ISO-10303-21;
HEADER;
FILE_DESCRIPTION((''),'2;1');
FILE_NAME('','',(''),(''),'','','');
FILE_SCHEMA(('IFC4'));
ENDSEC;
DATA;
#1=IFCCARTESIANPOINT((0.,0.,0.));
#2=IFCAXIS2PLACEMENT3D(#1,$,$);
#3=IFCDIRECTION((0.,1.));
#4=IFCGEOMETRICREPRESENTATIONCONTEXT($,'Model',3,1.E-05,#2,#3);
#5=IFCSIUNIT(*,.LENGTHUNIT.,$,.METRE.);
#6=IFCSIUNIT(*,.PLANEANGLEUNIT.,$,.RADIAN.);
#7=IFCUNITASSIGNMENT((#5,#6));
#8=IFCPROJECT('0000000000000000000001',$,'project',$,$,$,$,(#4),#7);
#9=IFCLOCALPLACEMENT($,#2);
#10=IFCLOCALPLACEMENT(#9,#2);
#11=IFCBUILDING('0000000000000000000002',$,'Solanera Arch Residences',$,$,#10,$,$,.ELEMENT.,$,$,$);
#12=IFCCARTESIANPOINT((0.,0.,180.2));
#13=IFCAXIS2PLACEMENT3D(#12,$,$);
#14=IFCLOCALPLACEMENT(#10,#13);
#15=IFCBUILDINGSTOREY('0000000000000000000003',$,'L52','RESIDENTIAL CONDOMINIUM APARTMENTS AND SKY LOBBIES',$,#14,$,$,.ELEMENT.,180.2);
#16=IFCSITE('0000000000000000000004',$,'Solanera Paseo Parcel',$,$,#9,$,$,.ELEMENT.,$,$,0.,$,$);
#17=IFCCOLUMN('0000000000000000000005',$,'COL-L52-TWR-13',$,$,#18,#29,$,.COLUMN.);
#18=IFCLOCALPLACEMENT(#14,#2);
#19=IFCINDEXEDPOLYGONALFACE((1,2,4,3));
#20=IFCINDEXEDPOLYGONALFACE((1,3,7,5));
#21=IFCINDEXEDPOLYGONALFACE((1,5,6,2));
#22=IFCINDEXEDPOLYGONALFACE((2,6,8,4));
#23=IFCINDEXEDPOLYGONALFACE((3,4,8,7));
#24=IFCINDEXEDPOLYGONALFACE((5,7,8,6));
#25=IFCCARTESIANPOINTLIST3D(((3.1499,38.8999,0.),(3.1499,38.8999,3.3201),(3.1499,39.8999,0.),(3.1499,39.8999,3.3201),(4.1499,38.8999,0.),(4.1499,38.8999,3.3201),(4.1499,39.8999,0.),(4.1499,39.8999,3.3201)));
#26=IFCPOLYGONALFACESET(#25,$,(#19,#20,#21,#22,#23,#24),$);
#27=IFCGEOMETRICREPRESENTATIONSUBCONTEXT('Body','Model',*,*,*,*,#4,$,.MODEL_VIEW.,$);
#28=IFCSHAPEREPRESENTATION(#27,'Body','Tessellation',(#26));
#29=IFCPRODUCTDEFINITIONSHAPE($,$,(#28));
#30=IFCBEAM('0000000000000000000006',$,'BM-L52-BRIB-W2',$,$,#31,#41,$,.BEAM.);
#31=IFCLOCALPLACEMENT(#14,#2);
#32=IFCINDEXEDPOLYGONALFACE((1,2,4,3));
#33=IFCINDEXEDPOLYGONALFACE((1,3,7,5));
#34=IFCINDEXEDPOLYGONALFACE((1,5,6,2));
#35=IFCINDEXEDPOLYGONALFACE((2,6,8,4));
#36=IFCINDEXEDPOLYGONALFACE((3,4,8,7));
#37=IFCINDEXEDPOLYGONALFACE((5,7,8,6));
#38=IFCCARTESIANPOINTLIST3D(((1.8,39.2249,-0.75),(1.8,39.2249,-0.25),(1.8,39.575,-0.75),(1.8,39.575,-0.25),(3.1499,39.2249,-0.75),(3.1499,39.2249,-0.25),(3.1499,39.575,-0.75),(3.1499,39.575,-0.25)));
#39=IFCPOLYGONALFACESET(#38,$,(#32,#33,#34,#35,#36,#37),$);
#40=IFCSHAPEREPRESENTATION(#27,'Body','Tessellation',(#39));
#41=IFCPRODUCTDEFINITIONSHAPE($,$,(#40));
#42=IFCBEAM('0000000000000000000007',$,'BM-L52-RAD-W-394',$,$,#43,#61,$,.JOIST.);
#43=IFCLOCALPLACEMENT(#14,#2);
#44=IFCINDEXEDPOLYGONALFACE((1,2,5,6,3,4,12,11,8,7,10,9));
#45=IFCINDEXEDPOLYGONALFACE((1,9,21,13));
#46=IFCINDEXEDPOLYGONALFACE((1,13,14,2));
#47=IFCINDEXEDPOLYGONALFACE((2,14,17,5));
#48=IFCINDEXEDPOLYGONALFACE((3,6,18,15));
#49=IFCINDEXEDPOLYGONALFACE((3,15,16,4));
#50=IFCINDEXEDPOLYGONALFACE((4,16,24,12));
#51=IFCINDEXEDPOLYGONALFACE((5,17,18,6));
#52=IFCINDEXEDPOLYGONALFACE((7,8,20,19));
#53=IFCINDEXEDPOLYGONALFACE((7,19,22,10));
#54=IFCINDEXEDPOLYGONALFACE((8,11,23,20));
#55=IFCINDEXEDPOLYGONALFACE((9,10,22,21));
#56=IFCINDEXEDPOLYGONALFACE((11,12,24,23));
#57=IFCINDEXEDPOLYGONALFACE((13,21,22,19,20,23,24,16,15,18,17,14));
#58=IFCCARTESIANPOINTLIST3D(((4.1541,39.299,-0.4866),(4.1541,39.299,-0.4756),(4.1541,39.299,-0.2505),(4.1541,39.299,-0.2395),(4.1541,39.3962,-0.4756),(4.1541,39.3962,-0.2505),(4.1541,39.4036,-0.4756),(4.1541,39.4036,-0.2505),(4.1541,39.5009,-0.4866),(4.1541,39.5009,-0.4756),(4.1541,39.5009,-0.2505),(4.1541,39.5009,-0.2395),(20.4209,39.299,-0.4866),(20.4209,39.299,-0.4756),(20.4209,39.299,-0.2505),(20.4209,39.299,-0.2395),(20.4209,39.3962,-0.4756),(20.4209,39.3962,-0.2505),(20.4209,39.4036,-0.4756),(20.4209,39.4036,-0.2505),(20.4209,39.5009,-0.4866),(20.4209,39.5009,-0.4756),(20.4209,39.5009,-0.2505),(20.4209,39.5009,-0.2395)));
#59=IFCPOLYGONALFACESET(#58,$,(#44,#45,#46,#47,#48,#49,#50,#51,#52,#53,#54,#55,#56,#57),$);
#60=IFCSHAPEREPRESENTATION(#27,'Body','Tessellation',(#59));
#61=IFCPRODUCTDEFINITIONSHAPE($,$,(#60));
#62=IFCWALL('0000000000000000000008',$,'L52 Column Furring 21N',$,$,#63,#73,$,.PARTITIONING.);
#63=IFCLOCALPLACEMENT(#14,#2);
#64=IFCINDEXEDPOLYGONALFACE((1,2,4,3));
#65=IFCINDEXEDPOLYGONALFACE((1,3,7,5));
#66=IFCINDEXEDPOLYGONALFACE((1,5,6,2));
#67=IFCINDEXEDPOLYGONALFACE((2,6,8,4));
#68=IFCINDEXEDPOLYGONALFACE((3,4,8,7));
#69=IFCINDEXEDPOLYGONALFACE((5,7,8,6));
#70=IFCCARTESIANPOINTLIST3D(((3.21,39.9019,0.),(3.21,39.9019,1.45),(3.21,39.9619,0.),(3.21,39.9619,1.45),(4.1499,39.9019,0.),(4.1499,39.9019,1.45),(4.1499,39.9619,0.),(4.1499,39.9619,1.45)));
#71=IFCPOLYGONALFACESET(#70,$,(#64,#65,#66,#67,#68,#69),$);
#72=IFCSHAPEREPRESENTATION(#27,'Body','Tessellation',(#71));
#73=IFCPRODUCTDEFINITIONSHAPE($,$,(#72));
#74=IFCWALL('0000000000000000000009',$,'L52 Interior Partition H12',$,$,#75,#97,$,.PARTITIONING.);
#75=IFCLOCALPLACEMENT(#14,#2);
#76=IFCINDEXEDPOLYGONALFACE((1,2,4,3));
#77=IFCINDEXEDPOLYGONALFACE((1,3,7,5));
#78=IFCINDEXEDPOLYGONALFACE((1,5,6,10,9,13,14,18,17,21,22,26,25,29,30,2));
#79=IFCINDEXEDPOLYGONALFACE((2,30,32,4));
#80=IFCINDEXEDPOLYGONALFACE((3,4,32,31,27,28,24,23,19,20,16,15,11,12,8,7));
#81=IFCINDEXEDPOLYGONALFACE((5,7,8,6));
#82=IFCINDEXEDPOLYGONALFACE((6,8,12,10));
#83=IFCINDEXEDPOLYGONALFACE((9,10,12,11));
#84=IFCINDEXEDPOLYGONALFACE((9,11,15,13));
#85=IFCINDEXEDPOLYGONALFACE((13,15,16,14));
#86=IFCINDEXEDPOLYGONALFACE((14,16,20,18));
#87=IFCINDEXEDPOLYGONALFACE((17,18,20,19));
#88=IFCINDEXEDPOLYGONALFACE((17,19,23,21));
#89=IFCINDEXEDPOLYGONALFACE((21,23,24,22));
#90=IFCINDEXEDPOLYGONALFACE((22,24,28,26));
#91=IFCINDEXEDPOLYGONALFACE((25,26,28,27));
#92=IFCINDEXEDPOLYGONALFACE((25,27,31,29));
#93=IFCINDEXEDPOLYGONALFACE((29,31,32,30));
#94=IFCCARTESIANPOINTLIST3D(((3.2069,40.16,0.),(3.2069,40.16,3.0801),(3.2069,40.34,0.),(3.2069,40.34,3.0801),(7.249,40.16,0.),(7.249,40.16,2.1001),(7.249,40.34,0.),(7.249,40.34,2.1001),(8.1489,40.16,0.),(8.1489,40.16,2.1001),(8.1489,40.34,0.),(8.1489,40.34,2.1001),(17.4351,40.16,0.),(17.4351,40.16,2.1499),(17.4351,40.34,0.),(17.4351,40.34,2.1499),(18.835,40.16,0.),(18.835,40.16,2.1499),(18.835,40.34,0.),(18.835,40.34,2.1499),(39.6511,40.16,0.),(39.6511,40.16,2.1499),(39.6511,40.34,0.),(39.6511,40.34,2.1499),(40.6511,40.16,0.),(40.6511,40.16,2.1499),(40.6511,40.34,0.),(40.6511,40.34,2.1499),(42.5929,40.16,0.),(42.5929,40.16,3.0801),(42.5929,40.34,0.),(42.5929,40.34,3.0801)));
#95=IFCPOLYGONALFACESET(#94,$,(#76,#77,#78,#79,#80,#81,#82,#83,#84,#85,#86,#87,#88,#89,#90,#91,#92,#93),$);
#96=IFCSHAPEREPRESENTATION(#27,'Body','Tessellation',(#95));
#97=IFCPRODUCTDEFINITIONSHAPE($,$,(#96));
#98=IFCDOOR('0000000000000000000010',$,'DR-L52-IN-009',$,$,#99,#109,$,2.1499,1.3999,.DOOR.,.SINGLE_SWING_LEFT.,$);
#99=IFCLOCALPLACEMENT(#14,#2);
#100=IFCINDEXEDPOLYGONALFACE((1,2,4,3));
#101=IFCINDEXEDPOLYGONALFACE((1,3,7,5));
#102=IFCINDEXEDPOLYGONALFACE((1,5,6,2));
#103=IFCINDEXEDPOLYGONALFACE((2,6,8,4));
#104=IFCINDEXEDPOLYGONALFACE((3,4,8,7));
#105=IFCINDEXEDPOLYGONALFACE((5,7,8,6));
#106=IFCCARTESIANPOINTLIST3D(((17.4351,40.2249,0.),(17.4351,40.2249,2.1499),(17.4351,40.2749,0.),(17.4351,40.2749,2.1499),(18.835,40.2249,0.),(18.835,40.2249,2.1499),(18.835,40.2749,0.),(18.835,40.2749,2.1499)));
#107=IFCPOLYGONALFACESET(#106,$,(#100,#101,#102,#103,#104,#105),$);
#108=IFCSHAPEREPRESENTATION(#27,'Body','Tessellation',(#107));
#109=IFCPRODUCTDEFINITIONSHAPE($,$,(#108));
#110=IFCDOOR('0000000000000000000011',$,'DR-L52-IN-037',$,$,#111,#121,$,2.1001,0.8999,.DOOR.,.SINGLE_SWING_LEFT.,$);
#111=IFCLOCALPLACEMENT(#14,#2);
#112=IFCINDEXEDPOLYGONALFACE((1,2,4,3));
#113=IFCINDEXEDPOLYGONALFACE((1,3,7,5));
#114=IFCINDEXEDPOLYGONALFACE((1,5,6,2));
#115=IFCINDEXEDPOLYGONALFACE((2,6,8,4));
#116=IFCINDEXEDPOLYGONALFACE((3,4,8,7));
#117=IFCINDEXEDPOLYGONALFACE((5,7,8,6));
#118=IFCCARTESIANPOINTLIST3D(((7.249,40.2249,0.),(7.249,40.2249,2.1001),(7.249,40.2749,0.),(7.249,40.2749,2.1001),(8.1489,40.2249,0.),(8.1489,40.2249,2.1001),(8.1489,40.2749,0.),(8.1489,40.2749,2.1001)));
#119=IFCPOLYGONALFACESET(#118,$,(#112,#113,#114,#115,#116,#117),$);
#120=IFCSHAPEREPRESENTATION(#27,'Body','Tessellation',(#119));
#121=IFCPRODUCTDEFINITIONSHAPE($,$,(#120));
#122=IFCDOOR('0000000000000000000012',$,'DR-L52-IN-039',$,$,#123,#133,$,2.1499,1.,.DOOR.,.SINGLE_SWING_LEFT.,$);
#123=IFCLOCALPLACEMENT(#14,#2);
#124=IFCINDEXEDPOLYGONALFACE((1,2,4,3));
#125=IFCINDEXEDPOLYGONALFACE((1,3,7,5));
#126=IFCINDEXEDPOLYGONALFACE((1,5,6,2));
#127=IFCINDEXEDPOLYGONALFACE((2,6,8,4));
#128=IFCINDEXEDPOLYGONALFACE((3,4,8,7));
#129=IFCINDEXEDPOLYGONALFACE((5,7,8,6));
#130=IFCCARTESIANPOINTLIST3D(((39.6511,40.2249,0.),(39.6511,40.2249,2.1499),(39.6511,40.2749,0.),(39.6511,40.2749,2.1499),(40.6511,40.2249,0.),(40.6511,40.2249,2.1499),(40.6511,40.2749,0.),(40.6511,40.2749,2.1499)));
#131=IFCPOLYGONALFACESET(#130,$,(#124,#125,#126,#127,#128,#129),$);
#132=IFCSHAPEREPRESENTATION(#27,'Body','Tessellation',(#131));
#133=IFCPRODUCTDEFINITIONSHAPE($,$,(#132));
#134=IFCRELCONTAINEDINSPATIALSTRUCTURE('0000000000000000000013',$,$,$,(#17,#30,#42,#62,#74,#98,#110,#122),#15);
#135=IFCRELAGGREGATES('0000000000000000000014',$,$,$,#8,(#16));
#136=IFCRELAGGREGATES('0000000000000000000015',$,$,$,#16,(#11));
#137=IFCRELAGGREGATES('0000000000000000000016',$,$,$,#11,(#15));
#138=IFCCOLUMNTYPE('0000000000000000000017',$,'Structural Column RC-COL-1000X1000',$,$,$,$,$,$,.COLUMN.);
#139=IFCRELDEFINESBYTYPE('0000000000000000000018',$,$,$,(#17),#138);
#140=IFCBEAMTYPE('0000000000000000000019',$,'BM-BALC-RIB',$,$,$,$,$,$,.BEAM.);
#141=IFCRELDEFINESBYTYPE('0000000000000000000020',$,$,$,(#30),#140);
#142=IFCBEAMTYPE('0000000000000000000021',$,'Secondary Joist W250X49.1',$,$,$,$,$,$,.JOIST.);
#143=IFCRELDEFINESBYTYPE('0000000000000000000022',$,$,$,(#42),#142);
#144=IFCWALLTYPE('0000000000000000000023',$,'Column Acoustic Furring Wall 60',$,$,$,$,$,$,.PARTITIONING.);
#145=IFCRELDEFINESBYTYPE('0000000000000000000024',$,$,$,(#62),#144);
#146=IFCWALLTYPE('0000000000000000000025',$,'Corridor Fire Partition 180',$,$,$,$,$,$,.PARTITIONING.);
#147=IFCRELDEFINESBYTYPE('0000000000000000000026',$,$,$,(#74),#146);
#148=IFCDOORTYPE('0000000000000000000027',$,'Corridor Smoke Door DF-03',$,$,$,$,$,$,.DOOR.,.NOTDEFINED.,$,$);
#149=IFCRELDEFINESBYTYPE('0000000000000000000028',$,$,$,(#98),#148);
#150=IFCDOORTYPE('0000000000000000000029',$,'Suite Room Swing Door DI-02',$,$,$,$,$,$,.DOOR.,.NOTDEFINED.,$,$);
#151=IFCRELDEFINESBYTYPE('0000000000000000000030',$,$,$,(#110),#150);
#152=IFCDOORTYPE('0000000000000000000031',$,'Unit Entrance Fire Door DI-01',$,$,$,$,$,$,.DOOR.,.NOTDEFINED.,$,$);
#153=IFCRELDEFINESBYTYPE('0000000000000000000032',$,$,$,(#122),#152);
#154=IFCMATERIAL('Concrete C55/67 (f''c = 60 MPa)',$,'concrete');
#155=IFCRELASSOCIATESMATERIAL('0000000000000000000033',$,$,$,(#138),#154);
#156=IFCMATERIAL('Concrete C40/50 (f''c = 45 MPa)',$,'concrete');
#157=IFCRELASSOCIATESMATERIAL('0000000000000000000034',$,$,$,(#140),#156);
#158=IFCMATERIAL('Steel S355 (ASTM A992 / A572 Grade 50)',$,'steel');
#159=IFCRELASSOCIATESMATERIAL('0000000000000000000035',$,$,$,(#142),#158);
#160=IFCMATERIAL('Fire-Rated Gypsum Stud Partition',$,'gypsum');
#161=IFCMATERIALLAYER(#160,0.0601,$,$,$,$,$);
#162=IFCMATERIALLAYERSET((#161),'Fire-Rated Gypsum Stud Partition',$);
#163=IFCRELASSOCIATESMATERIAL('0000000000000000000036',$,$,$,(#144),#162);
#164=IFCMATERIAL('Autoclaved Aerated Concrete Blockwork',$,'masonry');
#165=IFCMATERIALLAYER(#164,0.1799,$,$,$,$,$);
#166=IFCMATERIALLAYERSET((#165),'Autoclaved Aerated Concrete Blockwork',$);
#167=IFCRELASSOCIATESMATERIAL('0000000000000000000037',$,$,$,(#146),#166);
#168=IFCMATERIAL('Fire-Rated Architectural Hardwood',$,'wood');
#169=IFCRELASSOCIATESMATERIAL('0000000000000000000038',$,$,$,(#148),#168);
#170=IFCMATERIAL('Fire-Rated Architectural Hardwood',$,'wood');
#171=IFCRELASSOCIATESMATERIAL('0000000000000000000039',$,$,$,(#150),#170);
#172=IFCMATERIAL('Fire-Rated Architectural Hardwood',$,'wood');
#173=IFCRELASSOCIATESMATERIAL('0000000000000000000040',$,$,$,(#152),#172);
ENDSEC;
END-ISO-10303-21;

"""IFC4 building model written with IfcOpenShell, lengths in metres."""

from ifc_helpers import new_model, si_unit, direction, frame, frame_2d, origin, origin_2d, place, context, subcontext, project, spatial, rectangle, i_section, extrude, material, layer, layer_set, material_profile, profile_set, type_object, element, fill, save


model = new_model("IFC4")

# Units and contexts
model_context = context("Model", 3, precision=1e-05, world=origin(), true_north=direction((0.0, 1.0)))
body_context = subcontext(model_context, "Body", "Model", "MODEL_VIEW")
ifc_project = project(units=[si_unit("LENGTHUNIT", "METRE"), si_unit("PLANEANGLEUNIT", "RADIAN")], contexts=[model_context])

# Site, building, storey
site_placement = place(None, origin())
site = spatial("IfcSite", under=ifc_project, at=site_placement, Name="Solanera Paseo Parcel", CompositionType="ELEMENT", RefElevation=0.0)
building_placement = place(site_placement, origin())
building = spatial("IfcBuilding", under=site, at=building_placement, Name="Solanera Arch Residences", CompositionType="ELEMENT")
storey_placement = place(building_placement, frame((0.0, 0.0, 180.2)))
storey = spatial("IfcBuildingStorey", under=building, at=storey_placement, Name="L52", Description="RESIDENTIAL CONDOMINIUM APARTMENTS AND SKY LOBBIES", CompositionType="ELEMENT", Elevation=180.2)

# Column
ifc_material_1 = material(Name="Concrete C55/67 (f'c = 60 MPa)", Category="concrete")
ifc_material_profile_1 = material_profile(ifc_material_1, rectangle(XDim=1.0, YDim=1.0, at=origin_2d()))
ifc_profile_set_1 = profile_set([ifc_material_profile_1], Name="Concrete C55/67 (f'c = 60 MPa)")
column_type = type_object("IfcColumnType", Name="Structural Column RC-COL-1000X1000", PredefinedType="COLUMN", material=ifc_profile_set_1)
column_placement = place(storey_placement, frame((3.6499, 39.3999, 0.0), z_axis=(0.0, 0.0, 1.0), x_axis=(1.0, 0.0, 0.0)))
element("IfcColumn", 1, at=column_placement, inside=storey, type_object=column_type, Name="COL-L52-TWR-13", PredefinedType="COLUMN", context=body_context, shape_type="SweptSolid", body=[
    extrude(rectangle(XDim=1.0, YDim=1.0, at=origin_2d()), origin(), (0.0, 0.0, 1.0), 3.3201),
])

# Beams
ifc_material_2 = material(Name="Concrete C40/50 (f'c = 45 MPa)", Category="concrete")
ifc_material_profile_2 = material_profile(ifc_material_2, rectangle(XDim=0.3501, YDim=0.5, at=origin_2d()))
ifc_profile_set_2 = profile_set([ifc_material_profile_2], Name="Concrete C40/50 (f'c = 45 MPa)")
beam_type_1 = type_object("IfcBeamType", Name="BM-BALC-RIB", PredefinedType="BEAM", material=ifc_profile_set_2)
beam_1_placement = place(storey_placement, frame((1.8, 39.3999, -0.5), z_axis=(1.0, 0.0, 0.0), x_axis=(0.0, 1.0, 0.0)))
element("IfcBeam", 2, at=beam_1_placement, inside=storey, type_object=beam_type_1, Name="BM-L52-BRIB-W2", PredefinedType="BEAM", context=body_context, shape_type="SweptSolid", body=[
    extrude(rectangle(XDim=0.3501, YDim=0.5, at=origin_2d()), origin(), (0.0, 0.0, 1.0), 1.3499),
])
ifc_material_3 = material(Name="Steel S355 (ASTM A992 / A572 Grade 50)", Category="steel")
ifc_material_profile_3 = material_profile(ifc_material_3, i_section(OverallWidth=0.2019, OverallDepth=0.2471, WebThickness=0.0073, FlangeThickness=0.011, at=origin_2d()))
ifc_profile_set_3 = profile_set([ifc_material_profile_3], Name="Steel S355 (ASTM A992 / A572 Grade 50)")
beam_type_2 = type_object("IfcBeamType", Name="Secondary Joist W250X49.1", PredefinedType="JOIST", material=ifc_profile_set_3)
beam_2_placement = place(storey_placement, frame((4.1541, 39.3999, -0.363), z_axis=(1.0, 0.0, 0.0), x_axis=(0.0, 1.0, 0.0)))
element("IfcBeam", 3, at=beam_2_placement, inside=storey, type_object=beam_type_2, Name="BM-L52-RAD-W-394", PredefinedType="JOIST", context=body_context, shape_type="SweptSolid", body=[
    extrude(i_section(OverallWidth=0.2019, OverallDepth=0.2471, WebThickness=0.0073, FlangeThickness=0.011, at=origin_2d()), origin(), (0.0, 0.0, 1.0), 16.2668),
])

# Wall
ifc_material_4 = material(Name="Fire-Rated Gypsum Stud Partition", Category="gypsum")
ifc_layer_1 = layer(ifc_material_4, 0.0601)
ifc_layer_set_1 = layer_set([ifc_layer_1], Name="Fire-Rated Gypsum Stud Partition")
wall_type_1 = type_object("IfcWallType", Name="Column Acoustic Furring Wall 60", PredefinedType="PARTITIONING", material=ifc_layer_set_1)
wall_1_placement = place(storey_placement, frame((3.21, 39.9319, 0.0), z_axis=(0.0, 0.0, 1.0), x_axis=(1.0, 0.0, 0.0)))
element("IfcWall", 4, at=wall_1_placement, inside=storey, type_object=wall_type_1, Name="L52 Column Furring 21N", PredefinedType="PARTITIONING", context=body_context, shape_type="SweptSolid", body=[
    extrude(rectangle(XDim=0.9399, YDim=0.0601, at=frame_2d((0.47, 0.0))), origin(), (0.0, 0.0, 1.0), 1.45),
])

# Wall, openings, doors
ifc_material_5 = material(Name="Autoclaved Aerated Concrete Blockwork", Category="masonry")
ifc_layer_2 = layer(ifc_material_5, 0.1799)
ifc_layer_set_2 = layer_set([ifc_layer_2], Name="Autoclaved Aerated Concrete Blockwork")
wall_type_2 = type_object("IfcWallType", Name="Corridor Fire Partition 180", PredefinedType="PARTITIONING", material=ifc_layer_set_2)
wall_2_placement = place(storey_placement, frame((3.207, 40.25, 0.0), z_axis=(0.0, 0.0, 1.0), x_axis=(1.0, 0.0, 0.0)))
wall_2 = element("IfcWall", 5, at=wall_2_placement, inside=storey, type_object=wall_type_2, Name="L52 Interior Partition H12", PredefinedType="PARTITIONING", context=body_context, shape_type="SweptSolid", body=[
    extrude(rectangle(XDim=39.386, YDim=0.1799, at=frame_2d((19.6929, 0.0))), origin(), (0.0, 0.0, 1.0), 3.0801),
])
opening_1_placement = place(wall_2_placement, frame((14.228, 0.0, 0.0)))
opening_1 = element("IfcOpeningElement", 6, at=opening_1_placement, cuts=wall_2, PredefinedType="OPENING", context=body_context, shape_type="SweptSolid", body=[
    extrude(rectangle(XDim=1.3999, YDim=2.1499, at=frame_2d((0.7, 1.075))), frame((0.0, 0.1001, 0.0), z_axis=(0.0, -1.0, 0.0), x_axis=(1.0, 0.0, 0.0)), (0.0, 0.0, 1.0), 0.1999),
])
opening_2_placement = place(wall_2_placement, frame((4.042, 0.0, 0.0)))
opening_2 = element("IfcOpeningElement", 7, at=opening_2_placement, cuts=wall_2, PredefinedType="OPENING", context=body_context, shape_type="SweptSolid", body=[
    extrude(rectangle(XDim=0.8999, YDim=2.1001, at=frame_2d((0.45, 1.05))), frame((0.0, 0.1001, 0.0), z_axis=(0.0, -1.0, 0.0), x_axis=(1.0, 0.0, 0.0)), (0.0, 0.0, 1.0), 0.1999),
])
opening_3_placement = place(wall_2_placement, frame((36.4441, 0.0, 0.0)))
opening_3 = element("IfcOpeningElement", 8, at=opening_3_placement, cuts=wall_2, PredefinedType="OPENING", context=body_context, shape_type="SweptSolid", body=[
    extrude(rectangle(XDim=1.0, YDim=2.1499, at=frame_2d((0.5, 1.075))), frame((0.0, 0.1001, 0.0), z_axis=(0.0, -1.0, 0.0), x_axis=(1.0, 0.0, 0.0)), (0.0, 0.0, 1.0), 0.1999),
])
ifc_material_6 = material(Name="Fire-Rated Architectural Hardwood", Category="wood")
door_type_1 = type_object("IfcDoorType", Name="Corridor Smoke Door DF-03", OperationType="NOTDEFINED", PredefinedType="DOOR", material=ifc_material_6)
door_1_placement = place(opening_1_placement, origin())
door_1 = element("IfcDoor", 9, at=door_1_placement, inside=storey, type_object=door_type_1, Name="DR-L52-IN-009", OperationType="SINGLE_SWING_LEFT", OverallHeight=2.1499, OverallWidth=1.3999, PredefinedType="DOOR", context=body_context, shape_type="SweptSolid", body=[
    extrude(rectangle(XDim=1.3999, YDim=2.1499, at=frame_2d((0.7, 1.075))), frame((0.0, 0.0249, 0.0), z_axis=(0.0, -1.0, 0.0), x_axis=(1.0, 0.0, 0.0)), (0.0, 0.0, 1.0), 0.05),
])
fill(opening_1, door_1)
ifc_material_7 = material(Name="Fire-Rated Architectural Hardwood", Category="wood")
door_type_2 = type_object("IfcDoorType", Name="Suite Room Swing Door DI-02", OperationType="NOTDEFINED", PredefinedType="DOOR", material=ifc_material_7)
door_2_placement = place(opening_2_placement, origin())
door_2 = element("IfcDoor", 10, at=door_2_placement, inside=storey, type_object=door_type_2, Name="DR-L52-IN-037", OperationType="SINGLE_SWING_LEFT", OverallHeight=2.1001, OverallWidth=0.8999, PredefinedType="DOOR", context=body_context, shape_type="SweptSolid", body=[
    extrude(rectangle(XDim=0.8999, YDim=2.1001, at=frame_2d((0.45, 1.05))), frame((0.0, 0.0249, 0.0), z_axis=(0.0, -1.0, 0.0), x_axis=(1.0, 0.0, 0.0)), (0.0, 0.0, 1.0), 0.05),
])
fill(opening_2, door_2)
ifc_material_8 = material(Name="Fire-Rated Architectural Hardwood", Category="wood")
door_type_3 = type_object("IfcDoorType", Name="Unit Entrance Fire Door DI-01", OperationType="NOTDEFINED", PredefinedType="DOOR", material=ifc_material_8)
door_3_placement = place(opening_3_placement, origin())
door_3 = element("IfcDoor", 11, at=door_3_placement, inside=storey, type_object=door_type_3, Name="DR-L52-IN-039", OperationType="SINGLE_SWING_LEFT", OverallHeight=2.1499, OverallWidth=1.0, PredefinedType="DOOR", context=body_context, shape_type="SweptSolid", body=[
    extrude(rectangle(XDim=1.0, YDim=2.1499, at=frame_2d((0.5, 1.075))), frame((0.0, 0.0249, 0.0), z_axis=(0.0, -1.0, 0.0), x_axis=(1.0, 0.0, 0.0)), (0.0, 0.0, 1.0), 0.05),
])
fill(opening_3, door_3)

save(model, "model.ifc")
